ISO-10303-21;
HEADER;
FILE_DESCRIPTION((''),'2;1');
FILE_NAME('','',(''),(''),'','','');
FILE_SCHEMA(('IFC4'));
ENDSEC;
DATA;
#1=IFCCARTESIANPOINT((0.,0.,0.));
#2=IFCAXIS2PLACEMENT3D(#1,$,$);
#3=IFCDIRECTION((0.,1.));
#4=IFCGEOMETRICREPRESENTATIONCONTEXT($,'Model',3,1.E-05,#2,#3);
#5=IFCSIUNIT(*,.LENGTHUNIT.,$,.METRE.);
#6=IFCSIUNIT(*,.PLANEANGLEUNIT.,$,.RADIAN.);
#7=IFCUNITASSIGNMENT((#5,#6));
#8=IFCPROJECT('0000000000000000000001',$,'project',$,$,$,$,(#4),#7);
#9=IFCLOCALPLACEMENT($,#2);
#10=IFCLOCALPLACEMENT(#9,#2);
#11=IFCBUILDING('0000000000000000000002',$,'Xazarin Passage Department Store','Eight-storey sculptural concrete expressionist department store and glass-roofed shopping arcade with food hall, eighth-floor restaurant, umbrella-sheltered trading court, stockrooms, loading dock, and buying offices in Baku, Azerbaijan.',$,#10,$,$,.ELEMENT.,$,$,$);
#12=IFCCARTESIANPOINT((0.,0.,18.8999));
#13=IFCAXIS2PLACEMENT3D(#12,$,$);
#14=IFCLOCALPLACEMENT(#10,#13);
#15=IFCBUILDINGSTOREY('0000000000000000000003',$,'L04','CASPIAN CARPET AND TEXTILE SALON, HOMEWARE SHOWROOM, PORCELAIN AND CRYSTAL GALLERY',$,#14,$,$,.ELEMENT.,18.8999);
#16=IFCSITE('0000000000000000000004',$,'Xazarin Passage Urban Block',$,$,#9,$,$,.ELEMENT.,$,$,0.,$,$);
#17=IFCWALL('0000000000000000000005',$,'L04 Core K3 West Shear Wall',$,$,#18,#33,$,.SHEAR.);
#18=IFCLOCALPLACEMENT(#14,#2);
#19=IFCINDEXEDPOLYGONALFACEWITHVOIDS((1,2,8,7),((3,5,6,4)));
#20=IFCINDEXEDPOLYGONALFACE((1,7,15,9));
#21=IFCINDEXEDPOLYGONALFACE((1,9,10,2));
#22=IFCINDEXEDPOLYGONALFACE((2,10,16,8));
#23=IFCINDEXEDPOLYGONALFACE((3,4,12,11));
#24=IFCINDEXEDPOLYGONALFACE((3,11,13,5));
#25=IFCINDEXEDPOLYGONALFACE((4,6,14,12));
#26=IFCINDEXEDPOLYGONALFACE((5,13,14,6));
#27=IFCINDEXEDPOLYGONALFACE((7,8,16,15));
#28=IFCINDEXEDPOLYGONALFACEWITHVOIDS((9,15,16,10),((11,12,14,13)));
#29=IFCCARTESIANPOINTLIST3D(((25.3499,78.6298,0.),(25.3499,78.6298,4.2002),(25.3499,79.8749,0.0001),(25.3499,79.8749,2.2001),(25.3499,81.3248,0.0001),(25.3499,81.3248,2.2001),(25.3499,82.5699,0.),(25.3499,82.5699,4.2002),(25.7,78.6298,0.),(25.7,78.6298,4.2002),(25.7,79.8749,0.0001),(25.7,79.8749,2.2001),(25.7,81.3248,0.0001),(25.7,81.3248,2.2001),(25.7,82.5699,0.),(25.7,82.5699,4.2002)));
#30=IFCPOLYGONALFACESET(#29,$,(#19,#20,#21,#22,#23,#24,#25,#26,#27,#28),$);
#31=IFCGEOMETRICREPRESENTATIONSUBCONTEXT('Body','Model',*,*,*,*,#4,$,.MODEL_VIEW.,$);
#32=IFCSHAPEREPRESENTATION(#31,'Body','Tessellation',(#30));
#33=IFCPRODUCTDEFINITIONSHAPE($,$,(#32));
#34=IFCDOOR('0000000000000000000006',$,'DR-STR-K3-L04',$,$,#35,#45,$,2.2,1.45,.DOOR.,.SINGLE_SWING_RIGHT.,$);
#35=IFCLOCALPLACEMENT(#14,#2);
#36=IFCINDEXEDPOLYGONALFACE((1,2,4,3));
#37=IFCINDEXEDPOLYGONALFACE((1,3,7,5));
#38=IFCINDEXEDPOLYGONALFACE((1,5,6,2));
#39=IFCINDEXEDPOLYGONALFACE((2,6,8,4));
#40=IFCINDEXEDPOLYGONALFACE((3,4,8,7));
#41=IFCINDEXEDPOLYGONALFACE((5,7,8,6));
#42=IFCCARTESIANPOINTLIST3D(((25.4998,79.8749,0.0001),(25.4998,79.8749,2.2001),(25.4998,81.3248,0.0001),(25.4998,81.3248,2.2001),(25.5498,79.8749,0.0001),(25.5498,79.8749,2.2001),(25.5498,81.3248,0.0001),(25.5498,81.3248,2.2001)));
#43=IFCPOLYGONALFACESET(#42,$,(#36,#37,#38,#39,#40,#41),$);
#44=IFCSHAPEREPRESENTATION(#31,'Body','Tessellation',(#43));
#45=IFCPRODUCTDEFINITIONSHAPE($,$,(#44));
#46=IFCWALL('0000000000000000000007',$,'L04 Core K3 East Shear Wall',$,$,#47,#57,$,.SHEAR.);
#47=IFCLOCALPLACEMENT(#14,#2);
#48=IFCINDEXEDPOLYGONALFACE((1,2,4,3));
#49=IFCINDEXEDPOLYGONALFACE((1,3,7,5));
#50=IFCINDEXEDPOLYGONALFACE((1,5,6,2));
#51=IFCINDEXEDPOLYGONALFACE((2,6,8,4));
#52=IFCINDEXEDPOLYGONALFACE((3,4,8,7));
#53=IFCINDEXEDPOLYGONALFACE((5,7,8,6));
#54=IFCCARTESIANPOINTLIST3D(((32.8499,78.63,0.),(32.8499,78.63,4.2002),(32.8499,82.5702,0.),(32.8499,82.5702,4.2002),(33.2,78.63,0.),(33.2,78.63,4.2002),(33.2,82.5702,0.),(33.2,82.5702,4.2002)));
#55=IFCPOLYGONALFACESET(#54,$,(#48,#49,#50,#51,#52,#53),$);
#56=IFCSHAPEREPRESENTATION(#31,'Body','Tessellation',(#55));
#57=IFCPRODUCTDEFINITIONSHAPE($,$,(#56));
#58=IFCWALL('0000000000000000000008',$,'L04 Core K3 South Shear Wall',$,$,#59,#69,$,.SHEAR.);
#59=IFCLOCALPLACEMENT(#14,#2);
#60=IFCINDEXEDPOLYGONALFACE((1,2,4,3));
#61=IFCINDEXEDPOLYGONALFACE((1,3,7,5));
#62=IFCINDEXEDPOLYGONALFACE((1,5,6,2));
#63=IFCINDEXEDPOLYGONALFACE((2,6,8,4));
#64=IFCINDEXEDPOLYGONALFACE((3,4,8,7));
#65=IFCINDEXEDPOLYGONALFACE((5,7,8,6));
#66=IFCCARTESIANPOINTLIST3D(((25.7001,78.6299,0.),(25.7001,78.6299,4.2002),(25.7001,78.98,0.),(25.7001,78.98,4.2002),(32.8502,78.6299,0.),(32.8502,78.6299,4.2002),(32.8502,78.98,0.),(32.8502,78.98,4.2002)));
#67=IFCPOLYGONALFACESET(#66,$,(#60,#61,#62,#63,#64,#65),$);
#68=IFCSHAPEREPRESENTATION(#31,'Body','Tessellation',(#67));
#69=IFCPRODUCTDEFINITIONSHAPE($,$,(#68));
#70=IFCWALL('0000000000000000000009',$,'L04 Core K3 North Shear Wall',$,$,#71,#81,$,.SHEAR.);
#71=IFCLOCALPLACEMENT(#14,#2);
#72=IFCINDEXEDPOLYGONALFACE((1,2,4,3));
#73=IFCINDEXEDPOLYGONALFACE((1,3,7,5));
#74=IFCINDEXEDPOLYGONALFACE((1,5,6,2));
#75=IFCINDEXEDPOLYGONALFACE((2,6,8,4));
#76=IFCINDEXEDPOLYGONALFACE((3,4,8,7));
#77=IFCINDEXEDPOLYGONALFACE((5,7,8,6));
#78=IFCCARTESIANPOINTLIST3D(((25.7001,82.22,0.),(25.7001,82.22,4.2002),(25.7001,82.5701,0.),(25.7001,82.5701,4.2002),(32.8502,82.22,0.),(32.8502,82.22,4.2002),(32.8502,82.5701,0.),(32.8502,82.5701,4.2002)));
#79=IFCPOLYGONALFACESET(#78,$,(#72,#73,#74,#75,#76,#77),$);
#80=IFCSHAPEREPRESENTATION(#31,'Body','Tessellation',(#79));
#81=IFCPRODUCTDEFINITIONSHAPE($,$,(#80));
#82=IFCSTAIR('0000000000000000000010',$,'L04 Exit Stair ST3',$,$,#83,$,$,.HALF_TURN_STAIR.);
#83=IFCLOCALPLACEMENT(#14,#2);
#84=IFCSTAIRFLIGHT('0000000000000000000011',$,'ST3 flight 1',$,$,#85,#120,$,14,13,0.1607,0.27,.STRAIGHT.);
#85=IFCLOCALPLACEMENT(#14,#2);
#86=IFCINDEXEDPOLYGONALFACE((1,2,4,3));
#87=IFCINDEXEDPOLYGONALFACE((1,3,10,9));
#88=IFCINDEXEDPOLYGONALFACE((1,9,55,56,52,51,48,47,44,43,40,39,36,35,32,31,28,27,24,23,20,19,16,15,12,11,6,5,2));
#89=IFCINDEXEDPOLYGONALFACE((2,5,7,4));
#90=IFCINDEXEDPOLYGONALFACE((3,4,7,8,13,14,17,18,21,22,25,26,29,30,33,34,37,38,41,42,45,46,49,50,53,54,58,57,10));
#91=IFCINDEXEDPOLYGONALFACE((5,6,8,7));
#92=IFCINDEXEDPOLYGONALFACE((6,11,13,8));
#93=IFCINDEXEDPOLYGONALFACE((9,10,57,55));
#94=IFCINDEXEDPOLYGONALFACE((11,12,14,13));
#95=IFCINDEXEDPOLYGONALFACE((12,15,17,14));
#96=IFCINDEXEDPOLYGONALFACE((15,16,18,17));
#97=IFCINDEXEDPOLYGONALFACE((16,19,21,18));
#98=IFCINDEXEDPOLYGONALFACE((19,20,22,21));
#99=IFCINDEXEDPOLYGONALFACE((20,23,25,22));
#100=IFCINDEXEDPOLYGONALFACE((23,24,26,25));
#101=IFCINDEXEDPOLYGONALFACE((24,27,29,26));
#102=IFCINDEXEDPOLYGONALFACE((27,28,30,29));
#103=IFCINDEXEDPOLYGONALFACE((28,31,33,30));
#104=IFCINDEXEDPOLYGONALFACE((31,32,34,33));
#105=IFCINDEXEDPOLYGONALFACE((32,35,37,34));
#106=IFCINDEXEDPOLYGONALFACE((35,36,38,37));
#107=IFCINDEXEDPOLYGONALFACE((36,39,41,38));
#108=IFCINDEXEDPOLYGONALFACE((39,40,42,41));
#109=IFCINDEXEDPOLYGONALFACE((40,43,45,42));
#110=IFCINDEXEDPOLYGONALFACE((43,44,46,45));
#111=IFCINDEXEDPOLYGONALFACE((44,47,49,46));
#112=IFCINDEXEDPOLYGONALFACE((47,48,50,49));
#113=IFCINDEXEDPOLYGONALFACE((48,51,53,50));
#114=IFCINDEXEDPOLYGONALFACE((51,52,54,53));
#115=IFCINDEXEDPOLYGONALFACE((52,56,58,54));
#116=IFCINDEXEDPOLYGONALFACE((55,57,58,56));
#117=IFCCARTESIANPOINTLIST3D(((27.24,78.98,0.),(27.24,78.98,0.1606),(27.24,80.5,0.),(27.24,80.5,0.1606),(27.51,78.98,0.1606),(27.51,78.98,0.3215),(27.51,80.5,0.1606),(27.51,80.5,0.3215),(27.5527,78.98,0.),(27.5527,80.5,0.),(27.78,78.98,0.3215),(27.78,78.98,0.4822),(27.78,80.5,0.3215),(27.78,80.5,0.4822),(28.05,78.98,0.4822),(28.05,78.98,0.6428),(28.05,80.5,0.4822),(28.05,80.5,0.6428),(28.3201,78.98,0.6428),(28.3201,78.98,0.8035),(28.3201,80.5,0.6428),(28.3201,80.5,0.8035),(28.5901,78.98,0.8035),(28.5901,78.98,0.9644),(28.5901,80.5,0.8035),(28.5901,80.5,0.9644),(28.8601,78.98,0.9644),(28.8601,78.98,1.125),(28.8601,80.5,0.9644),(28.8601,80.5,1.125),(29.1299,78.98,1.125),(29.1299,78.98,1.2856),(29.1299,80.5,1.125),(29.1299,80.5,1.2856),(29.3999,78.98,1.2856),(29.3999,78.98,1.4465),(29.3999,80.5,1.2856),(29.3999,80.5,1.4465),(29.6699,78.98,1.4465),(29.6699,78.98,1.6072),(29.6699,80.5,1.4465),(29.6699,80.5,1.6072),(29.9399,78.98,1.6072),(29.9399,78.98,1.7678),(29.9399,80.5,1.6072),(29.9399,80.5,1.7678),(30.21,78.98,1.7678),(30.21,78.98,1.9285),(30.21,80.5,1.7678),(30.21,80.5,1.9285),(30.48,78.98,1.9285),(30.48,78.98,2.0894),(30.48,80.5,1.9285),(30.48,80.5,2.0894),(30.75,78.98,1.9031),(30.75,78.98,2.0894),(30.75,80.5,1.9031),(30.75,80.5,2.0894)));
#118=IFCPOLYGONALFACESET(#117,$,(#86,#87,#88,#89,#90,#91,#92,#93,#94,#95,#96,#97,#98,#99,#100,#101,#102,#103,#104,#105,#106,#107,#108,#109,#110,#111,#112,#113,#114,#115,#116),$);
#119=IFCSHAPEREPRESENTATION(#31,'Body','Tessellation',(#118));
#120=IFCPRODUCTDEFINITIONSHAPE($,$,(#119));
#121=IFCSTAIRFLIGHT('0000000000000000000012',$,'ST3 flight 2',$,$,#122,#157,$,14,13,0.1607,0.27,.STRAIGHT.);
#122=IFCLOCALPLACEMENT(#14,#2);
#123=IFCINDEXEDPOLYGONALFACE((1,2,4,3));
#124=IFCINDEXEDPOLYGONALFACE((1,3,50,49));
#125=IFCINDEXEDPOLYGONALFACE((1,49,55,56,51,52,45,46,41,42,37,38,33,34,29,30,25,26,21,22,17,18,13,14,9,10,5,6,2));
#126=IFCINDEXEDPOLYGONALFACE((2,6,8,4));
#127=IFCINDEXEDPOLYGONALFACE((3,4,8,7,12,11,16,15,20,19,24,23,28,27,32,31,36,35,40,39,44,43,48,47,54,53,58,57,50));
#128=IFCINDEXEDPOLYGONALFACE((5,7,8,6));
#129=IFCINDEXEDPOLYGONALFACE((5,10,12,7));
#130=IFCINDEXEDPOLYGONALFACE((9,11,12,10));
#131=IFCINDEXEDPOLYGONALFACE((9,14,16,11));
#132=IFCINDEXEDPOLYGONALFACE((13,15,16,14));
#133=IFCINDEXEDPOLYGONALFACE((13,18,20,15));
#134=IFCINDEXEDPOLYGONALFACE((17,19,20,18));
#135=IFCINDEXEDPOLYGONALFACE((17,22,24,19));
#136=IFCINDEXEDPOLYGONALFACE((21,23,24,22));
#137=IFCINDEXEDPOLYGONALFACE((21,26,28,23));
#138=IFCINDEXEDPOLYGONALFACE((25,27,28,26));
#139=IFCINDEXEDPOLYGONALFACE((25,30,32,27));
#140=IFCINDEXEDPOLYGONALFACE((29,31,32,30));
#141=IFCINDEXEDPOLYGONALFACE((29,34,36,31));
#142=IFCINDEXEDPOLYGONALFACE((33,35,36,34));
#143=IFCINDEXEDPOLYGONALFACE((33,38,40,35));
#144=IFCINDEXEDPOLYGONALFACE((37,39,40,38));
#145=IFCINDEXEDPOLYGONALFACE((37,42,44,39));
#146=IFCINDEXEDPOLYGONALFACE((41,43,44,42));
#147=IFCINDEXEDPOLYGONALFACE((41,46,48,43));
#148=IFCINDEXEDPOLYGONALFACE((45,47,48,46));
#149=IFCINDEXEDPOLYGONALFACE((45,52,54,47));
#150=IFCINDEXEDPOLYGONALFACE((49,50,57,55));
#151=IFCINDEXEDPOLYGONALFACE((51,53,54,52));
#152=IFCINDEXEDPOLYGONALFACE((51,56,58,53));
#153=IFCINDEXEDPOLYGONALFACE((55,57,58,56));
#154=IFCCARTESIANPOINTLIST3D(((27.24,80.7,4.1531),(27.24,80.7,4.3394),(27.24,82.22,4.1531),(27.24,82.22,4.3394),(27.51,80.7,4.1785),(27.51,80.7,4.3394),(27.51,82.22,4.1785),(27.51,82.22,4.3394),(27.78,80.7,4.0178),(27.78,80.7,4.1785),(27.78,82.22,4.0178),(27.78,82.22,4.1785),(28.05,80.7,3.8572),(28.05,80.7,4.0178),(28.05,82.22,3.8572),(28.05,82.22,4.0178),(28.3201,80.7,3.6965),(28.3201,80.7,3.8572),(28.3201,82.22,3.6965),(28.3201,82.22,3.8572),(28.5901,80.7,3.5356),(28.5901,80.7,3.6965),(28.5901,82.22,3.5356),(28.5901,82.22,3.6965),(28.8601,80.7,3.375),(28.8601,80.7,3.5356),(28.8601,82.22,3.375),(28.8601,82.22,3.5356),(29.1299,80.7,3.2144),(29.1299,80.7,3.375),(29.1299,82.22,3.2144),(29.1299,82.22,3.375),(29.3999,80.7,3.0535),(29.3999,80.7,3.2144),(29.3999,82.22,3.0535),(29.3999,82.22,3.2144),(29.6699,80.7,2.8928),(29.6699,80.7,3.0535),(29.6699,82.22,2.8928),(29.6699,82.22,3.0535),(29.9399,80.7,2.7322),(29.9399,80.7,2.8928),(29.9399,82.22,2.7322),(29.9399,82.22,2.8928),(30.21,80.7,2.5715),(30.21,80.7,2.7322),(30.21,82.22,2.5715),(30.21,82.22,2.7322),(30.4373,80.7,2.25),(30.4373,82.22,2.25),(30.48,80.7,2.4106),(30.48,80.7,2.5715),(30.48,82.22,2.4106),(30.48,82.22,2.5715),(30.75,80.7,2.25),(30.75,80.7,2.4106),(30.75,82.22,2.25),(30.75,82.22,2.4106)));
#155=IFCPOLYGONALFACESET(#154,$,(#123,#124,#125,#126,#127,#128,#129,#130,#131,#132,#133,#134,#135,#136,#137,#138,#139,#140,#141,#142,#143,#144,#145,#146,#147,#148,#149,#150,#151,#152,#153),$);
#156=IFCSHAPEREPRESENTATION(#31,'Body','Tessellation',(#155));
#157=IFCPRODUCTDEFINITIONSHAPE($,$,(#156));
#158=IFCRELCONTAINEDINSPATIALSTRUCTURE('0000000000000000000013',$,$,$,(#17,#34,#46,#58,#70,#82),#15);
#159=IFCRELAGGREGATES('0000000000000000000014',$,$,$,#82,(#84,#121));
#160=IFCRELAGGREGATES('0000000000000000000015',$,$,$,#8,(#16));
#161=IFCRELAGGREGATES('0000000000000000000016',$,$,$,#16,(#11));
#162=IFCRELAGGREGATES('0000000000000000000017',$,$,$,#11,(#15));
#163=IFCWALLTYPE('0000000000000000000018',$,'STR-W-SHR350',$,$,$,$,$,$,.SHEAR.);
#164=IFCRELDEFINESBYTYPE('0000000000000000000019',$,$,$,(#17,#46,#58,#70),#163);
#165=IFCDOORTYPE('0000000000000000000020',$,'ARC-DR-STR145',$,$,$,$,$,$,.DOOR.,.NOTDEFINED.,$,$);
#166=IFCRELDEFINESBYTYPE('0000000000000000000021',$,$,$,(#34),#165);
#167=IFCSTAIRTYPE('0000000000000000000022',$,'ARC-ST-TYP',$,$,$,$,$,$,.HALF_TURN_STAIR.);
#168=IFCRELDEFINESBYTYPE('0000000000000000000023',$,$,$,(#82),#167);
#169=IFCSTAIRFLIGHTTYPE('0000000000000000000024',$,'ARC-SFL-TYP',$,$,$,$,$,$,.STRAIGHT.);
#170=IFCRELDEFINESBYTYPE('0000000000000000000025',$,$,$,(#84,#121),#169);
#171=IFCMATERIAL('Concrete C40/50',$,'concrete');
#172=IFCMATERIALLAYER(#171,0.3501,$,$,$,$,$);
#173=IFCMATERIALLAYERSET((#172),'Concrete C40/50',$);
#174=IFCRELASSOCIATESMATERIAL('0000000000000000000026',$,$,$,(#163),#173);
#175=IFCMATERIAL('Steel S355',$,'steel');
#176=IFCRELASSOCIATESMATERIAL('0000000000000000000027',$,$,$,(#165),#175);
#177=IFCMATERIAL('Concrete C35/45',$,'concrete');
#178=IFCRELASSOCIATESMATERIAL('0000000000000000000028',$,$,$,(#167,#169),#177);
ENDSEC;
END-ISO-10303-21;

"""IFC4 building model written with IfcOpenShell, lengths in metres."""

from ifc_helpers import new_model, si_unit, direction, frame, frame_2d, origin, place, context, subcontext, project, spatial, polyline, rectangle, outline, extrude, material, layer, layer_set, type_object, element, fill, aggregate, save


model = new_model("IFC4")

# Units and contexts
model_context = context("Model", 3, precision=1e-05, world=origin(), true_north=direction((0.0, 1.0)))
body_context = subcontext(model_context, "Body", "Model", "MODEL_VIEW")
ifc_project = project(units=[si_unit("LENGTHUNIT", "METRE"), si_unit("PLANEANGLEUNIT", "RADIAN")], contexts=[model_context])

# Site, building, storey
site_placement = place(None, origin())
site = spatial("IfcSite", under=ifc_project, at=site_placement, Name="Xazarin Passage Urban Block", CompositionType="ELEMENT", RefElevation=0.0)
building_placement = place(site_placement, origin())
building = spatial("IfcBuilding", under=site, at=building_placement, Name="Xazarin Passage Department Store", Description="Eight-storey sculptural concrete expressionist department store and glass-roofed shopping arcade with food hall, eighth-floor restaurant, umbrella-sheltered trading court, stockrooms, loading dock, and buying offices in Baku, Azerbaijan.", CompositionType="ELEMENT")
storey_placement = place(building_placement, frame((0.0, 0.0, 18.8999)))
storey = spatial("IfcBuildingStorey", under=building, at=storey_placement, Name="L04", Description="CASPIAN CARPET AND TEXTILE SALON, HOMEWARE SHOWROOM, PORCELAIN AND CRYSTAL GALLERY", CompositionType="ELEMENT", Elevation=18.8999)

# Shared definitions
ifc_material_1 = material(Name="Concrete C40/50", Category="concrete")

# Shared definitions
ifc_material_2 = material(Name="Concrete C35/45", Category="concrete")

# Wall, opening, door
ifc_layer_1 = layer(ifc_material_1, 0.3501)
ifc_layer_set_1 = layer_set([ifc_layer_1], Name="Concrete C40/50")
wall_type_1 = type_object("IfcWallType", Name="STR-W-SHR350", PredefinedType="SHEAR", material=ifc_layer_set_1)
wall_1_placement = place(storey_placement, frame((25.5249, 82.5701, 0.0), z_axis=(0.0, 0.0, 1.0), x_axis=(0.0, -1.0, 0.0)))
wall_1 = element("IfcWall", 1, at=wall_1_placement, inside=storey, type_object=wall_type_1, Name="L04 Core K3 West Shear Wall", PredefinedType="SHEAR", context=body_context, shape_type="SweptSolid", body=[
    extrude(rectangle(XDim=3.9402, YDim=0.3501, at=frame_2d((1.9702, 0.0))), origin(), (0.0, 0.0, 1.0), 4.2002),
])
opening_1_placement = place(wall_1_placement, frame((1.2451, 0.0, 0.0)))
opening_1 = element("IfcOpeningElement", 2, at=opening_1_placement, cuts=wall_1, PredefinedType="OPENING", context=body_context, shape_type="SweptSolid", body=[
    extrude(rectangle(XDim=1.45, YDim=2.2, at=frame_2d((0.7251, 1.1001))), frame((0.0, 0.1851, 0.0), z_axis=(0.0, -1.0, 0.0), x_axis=(1.0, 0.0, 0.0)), (0.0, 0.0, 1.0), 0.3701),
])
ifc_material_3 = material(Name="Steel S355", Category="steel")
door_type_1 = type_object("IfcDoorType", Name="ARC-DR-STR145", OperationType="NOTDEFINED", PredefinedType="DOOR", material=ifc_material_3)
door_1_placement = place(opening_1_placement, origin())
door_1 = element("IfcDoor", 3, at=door_1_placement, inside=storey, type_object=door_type_1, Name="DR-STR-K3-L04", OperationType="SINGLE_SWING_RIGHT", OverallHeight=2.2, OverallWidth=1.45, PredefinedType="DOOR", context=body_context, shape_type="SweptSolid", body=[
    extrude(rectangle(XDim=1.45, YDim=2.2, at=frame_2d((0.7251, 1.1001))), frame((0.0, 0.0249, 0.0), z_axis=(0.0, -1.0, 0.0), x_axis=(1.0, 0.0, 0.0)), (0.0, 0.0, 1.0), 0.05),
])
fill(opening_1, door_1)

# Walls
wall_2_placement = place(storey_placement, frame((33.0249, 78.6299, 0.0), z_axis=(0.0, 0.0, 1.0), x_axis=(0.0, 1.0, 0.0)))
element("IfcWall", 4, at=wall_2_placement, inside=storey, type_object=wall_type_1, Name="L04 Core K3 East Shear Wall", PredefinedType="SHEAR", context=body_context, shape_type="SweptSolid", body=[
    extrude(rectangle(XDim=3.9402, YDim=0.3501, at=frame_2d((1.9702, 0.0))), origin(), (0.0, 0.0, 1.0), 4.2002),
])
for number, where, z_axis, x_axis, name in (
    (5, (25.7, 78.8049, 0.0), (0.0, 0.0, 1.0), (1.0, 0.0, 0.0), "L04 Core K3 South Shear Wall"),
    (6, (25.7, 82.395, 0.0), (0.0, 0.0, 1.0), (1.0, 0.0, 0.0), "L04 Core K3 North Shear Wall"),
):
    element("IfcWall", number, at=place(storey_placement, frame(where, z_axis=z_axis, x_axis=x_axis)), inside=storey, type_object=wall_type_1, Name=name, PredefinedType="SHEAR", context=body_context, shape_type="SweptSolid", body=[
        extrude(rectangle(XDim=7.1501, YDim=0.3501, at=frame_2d((3.5752, 0.0))), origin(), (0.0, 0.0, 1.0), 4.2002),
    ])

# Stair, stair flights
stair_type = type_object("IfcStairType", Name="ARC-ST-TYP", PredefinedType="HALF_TURN_STAIR", material=ifc_material_2)
stair_placement = place(storey_placement, origin())
stair = element("IfcStair", 7, at=stair_placement, inside=storey, type_object=stair_type, Name="L04 Exit Stair ST3", PredefinedType="HALF_TURN_STAIR")
stair_flight_type = type_object("IfcStairFlightType", Name="ARC-SFL-TYP", PredefinedType="STRAIGHT", material=ifc_material_2)
stair_flight_1_placement = place(storey_placement, frame((27.24, 79.74, 0.0), z_axis=(0.0, 0.0, 1.0), x_axis=(1.0, 0.0, 0.0)))
stair_flight_1 = element("IfcStairFlight", 8, at=stair_flight_1_placement, type_object=stair_flight_type, Name="ST3 flight 1", NumberOfRisers=14, NumberOfTreads=13, PredefinedType="STRAIGHT", RiserHeight=0.1607, TreadLength=0.27, context=body_context, shape_type="SweptSolid", body=[
    extrude(outline(polyline([(0.0, 0.0), (0.0, 0.1606), (0.27, 0.1606), (0.27, 0.3215), (0.54, 0.3215), (0.54, 0.4822), (0.8101, 0.4822), (0.8101, 0.6428), (1.0801, 0.6428), (1.0801, 0.8035), (1.3501, 0.8035), (1.3501, 0.9644), (1.6201, 0.9644), (1.6201, 1.125), (1.8899, 1.125), (1.8899, 1.2856), (2.1599, 1.2856), (2.1599, 1.4465), (2.4299, 1.4465), (2.4299, 1.6072), (2.7, 1.6072), (2.7, 1.7678), (2.97, 1.7678), (2.97, 1.9285), (3.24, 1.9285), (3.24, 2.0894), (3.51, 2.0894), (3.51, 2.25), (3.51, 1.9031), (0.3127, 0.0), (0.0, 0.0)])), frame((0.0, 0.76, 0.0), z_axis=(0.0, -1.0, 0.0), x_axis=(1.0, 0.0, 0.0)), (0.0, 0.0, 1.0), 1.52),
])
stair_flight_2_placement = place(storey_placement, frame((30.75, 81.46, 2.25), z_axis=(0.0, 0.0, 1.0), x_axis=(-1.0, 0.0, 0.0)))
stair_flight_2 = element("IfcStairFlight", 9, at=stair_flight_2_placement, type_object=stair_flight_type, Name="ST3 flight 2", NumberOfRisers=14, NumberOfTreads=13, PredefinedType="STRAIGHT", RiserHeight=0.1607, TreadLength=0.27, context=body_context, shape_type="SweptSolid", body=[
    extrude(outline(polyline([(0.0, 0.0), (0.0, 0.1606), (0.27, 0.1606), (0.27, 0.3215), (0.54, 0.3215), (0.54, 0.4822), (0.8101, 0.4822), (0.8101, 0.6428), (1.0801, 0.6428), (1.0801, 0.8035), (1.3501, 0.8035), (1.3501, 0.9644), (1.6201, 0.9644), (1.6201, 1.125), (1.8899, 1.125), (1.8899, 1.2856), (2.1599, 1.2856), (2.1599, 1.4465), (2.4299, 1.4465), (2.4299, 1.6072), (2.7, 1.6072), (2.7, 1.7678), (2.97, 1.7678), (2.97, 1.9285), (3.24, 1.9285), (3.24, 2.0894), (3.51, 2.0894), (3.51, 2.25), (3.51, 1.9031), (0.3127, 0.0), (0.0, 0.0)])), frame((0.0, 0.76, 0.0), z_axis=(0.0, -1.0, 0.0), x_axis=(1.0, 0.0, 0.0)), (0.0, 0.0, 1.0), 1.52),
])
aggregate(stair, [stair_flight_1, stair_flight_2])

save(model, "model.ifc")
